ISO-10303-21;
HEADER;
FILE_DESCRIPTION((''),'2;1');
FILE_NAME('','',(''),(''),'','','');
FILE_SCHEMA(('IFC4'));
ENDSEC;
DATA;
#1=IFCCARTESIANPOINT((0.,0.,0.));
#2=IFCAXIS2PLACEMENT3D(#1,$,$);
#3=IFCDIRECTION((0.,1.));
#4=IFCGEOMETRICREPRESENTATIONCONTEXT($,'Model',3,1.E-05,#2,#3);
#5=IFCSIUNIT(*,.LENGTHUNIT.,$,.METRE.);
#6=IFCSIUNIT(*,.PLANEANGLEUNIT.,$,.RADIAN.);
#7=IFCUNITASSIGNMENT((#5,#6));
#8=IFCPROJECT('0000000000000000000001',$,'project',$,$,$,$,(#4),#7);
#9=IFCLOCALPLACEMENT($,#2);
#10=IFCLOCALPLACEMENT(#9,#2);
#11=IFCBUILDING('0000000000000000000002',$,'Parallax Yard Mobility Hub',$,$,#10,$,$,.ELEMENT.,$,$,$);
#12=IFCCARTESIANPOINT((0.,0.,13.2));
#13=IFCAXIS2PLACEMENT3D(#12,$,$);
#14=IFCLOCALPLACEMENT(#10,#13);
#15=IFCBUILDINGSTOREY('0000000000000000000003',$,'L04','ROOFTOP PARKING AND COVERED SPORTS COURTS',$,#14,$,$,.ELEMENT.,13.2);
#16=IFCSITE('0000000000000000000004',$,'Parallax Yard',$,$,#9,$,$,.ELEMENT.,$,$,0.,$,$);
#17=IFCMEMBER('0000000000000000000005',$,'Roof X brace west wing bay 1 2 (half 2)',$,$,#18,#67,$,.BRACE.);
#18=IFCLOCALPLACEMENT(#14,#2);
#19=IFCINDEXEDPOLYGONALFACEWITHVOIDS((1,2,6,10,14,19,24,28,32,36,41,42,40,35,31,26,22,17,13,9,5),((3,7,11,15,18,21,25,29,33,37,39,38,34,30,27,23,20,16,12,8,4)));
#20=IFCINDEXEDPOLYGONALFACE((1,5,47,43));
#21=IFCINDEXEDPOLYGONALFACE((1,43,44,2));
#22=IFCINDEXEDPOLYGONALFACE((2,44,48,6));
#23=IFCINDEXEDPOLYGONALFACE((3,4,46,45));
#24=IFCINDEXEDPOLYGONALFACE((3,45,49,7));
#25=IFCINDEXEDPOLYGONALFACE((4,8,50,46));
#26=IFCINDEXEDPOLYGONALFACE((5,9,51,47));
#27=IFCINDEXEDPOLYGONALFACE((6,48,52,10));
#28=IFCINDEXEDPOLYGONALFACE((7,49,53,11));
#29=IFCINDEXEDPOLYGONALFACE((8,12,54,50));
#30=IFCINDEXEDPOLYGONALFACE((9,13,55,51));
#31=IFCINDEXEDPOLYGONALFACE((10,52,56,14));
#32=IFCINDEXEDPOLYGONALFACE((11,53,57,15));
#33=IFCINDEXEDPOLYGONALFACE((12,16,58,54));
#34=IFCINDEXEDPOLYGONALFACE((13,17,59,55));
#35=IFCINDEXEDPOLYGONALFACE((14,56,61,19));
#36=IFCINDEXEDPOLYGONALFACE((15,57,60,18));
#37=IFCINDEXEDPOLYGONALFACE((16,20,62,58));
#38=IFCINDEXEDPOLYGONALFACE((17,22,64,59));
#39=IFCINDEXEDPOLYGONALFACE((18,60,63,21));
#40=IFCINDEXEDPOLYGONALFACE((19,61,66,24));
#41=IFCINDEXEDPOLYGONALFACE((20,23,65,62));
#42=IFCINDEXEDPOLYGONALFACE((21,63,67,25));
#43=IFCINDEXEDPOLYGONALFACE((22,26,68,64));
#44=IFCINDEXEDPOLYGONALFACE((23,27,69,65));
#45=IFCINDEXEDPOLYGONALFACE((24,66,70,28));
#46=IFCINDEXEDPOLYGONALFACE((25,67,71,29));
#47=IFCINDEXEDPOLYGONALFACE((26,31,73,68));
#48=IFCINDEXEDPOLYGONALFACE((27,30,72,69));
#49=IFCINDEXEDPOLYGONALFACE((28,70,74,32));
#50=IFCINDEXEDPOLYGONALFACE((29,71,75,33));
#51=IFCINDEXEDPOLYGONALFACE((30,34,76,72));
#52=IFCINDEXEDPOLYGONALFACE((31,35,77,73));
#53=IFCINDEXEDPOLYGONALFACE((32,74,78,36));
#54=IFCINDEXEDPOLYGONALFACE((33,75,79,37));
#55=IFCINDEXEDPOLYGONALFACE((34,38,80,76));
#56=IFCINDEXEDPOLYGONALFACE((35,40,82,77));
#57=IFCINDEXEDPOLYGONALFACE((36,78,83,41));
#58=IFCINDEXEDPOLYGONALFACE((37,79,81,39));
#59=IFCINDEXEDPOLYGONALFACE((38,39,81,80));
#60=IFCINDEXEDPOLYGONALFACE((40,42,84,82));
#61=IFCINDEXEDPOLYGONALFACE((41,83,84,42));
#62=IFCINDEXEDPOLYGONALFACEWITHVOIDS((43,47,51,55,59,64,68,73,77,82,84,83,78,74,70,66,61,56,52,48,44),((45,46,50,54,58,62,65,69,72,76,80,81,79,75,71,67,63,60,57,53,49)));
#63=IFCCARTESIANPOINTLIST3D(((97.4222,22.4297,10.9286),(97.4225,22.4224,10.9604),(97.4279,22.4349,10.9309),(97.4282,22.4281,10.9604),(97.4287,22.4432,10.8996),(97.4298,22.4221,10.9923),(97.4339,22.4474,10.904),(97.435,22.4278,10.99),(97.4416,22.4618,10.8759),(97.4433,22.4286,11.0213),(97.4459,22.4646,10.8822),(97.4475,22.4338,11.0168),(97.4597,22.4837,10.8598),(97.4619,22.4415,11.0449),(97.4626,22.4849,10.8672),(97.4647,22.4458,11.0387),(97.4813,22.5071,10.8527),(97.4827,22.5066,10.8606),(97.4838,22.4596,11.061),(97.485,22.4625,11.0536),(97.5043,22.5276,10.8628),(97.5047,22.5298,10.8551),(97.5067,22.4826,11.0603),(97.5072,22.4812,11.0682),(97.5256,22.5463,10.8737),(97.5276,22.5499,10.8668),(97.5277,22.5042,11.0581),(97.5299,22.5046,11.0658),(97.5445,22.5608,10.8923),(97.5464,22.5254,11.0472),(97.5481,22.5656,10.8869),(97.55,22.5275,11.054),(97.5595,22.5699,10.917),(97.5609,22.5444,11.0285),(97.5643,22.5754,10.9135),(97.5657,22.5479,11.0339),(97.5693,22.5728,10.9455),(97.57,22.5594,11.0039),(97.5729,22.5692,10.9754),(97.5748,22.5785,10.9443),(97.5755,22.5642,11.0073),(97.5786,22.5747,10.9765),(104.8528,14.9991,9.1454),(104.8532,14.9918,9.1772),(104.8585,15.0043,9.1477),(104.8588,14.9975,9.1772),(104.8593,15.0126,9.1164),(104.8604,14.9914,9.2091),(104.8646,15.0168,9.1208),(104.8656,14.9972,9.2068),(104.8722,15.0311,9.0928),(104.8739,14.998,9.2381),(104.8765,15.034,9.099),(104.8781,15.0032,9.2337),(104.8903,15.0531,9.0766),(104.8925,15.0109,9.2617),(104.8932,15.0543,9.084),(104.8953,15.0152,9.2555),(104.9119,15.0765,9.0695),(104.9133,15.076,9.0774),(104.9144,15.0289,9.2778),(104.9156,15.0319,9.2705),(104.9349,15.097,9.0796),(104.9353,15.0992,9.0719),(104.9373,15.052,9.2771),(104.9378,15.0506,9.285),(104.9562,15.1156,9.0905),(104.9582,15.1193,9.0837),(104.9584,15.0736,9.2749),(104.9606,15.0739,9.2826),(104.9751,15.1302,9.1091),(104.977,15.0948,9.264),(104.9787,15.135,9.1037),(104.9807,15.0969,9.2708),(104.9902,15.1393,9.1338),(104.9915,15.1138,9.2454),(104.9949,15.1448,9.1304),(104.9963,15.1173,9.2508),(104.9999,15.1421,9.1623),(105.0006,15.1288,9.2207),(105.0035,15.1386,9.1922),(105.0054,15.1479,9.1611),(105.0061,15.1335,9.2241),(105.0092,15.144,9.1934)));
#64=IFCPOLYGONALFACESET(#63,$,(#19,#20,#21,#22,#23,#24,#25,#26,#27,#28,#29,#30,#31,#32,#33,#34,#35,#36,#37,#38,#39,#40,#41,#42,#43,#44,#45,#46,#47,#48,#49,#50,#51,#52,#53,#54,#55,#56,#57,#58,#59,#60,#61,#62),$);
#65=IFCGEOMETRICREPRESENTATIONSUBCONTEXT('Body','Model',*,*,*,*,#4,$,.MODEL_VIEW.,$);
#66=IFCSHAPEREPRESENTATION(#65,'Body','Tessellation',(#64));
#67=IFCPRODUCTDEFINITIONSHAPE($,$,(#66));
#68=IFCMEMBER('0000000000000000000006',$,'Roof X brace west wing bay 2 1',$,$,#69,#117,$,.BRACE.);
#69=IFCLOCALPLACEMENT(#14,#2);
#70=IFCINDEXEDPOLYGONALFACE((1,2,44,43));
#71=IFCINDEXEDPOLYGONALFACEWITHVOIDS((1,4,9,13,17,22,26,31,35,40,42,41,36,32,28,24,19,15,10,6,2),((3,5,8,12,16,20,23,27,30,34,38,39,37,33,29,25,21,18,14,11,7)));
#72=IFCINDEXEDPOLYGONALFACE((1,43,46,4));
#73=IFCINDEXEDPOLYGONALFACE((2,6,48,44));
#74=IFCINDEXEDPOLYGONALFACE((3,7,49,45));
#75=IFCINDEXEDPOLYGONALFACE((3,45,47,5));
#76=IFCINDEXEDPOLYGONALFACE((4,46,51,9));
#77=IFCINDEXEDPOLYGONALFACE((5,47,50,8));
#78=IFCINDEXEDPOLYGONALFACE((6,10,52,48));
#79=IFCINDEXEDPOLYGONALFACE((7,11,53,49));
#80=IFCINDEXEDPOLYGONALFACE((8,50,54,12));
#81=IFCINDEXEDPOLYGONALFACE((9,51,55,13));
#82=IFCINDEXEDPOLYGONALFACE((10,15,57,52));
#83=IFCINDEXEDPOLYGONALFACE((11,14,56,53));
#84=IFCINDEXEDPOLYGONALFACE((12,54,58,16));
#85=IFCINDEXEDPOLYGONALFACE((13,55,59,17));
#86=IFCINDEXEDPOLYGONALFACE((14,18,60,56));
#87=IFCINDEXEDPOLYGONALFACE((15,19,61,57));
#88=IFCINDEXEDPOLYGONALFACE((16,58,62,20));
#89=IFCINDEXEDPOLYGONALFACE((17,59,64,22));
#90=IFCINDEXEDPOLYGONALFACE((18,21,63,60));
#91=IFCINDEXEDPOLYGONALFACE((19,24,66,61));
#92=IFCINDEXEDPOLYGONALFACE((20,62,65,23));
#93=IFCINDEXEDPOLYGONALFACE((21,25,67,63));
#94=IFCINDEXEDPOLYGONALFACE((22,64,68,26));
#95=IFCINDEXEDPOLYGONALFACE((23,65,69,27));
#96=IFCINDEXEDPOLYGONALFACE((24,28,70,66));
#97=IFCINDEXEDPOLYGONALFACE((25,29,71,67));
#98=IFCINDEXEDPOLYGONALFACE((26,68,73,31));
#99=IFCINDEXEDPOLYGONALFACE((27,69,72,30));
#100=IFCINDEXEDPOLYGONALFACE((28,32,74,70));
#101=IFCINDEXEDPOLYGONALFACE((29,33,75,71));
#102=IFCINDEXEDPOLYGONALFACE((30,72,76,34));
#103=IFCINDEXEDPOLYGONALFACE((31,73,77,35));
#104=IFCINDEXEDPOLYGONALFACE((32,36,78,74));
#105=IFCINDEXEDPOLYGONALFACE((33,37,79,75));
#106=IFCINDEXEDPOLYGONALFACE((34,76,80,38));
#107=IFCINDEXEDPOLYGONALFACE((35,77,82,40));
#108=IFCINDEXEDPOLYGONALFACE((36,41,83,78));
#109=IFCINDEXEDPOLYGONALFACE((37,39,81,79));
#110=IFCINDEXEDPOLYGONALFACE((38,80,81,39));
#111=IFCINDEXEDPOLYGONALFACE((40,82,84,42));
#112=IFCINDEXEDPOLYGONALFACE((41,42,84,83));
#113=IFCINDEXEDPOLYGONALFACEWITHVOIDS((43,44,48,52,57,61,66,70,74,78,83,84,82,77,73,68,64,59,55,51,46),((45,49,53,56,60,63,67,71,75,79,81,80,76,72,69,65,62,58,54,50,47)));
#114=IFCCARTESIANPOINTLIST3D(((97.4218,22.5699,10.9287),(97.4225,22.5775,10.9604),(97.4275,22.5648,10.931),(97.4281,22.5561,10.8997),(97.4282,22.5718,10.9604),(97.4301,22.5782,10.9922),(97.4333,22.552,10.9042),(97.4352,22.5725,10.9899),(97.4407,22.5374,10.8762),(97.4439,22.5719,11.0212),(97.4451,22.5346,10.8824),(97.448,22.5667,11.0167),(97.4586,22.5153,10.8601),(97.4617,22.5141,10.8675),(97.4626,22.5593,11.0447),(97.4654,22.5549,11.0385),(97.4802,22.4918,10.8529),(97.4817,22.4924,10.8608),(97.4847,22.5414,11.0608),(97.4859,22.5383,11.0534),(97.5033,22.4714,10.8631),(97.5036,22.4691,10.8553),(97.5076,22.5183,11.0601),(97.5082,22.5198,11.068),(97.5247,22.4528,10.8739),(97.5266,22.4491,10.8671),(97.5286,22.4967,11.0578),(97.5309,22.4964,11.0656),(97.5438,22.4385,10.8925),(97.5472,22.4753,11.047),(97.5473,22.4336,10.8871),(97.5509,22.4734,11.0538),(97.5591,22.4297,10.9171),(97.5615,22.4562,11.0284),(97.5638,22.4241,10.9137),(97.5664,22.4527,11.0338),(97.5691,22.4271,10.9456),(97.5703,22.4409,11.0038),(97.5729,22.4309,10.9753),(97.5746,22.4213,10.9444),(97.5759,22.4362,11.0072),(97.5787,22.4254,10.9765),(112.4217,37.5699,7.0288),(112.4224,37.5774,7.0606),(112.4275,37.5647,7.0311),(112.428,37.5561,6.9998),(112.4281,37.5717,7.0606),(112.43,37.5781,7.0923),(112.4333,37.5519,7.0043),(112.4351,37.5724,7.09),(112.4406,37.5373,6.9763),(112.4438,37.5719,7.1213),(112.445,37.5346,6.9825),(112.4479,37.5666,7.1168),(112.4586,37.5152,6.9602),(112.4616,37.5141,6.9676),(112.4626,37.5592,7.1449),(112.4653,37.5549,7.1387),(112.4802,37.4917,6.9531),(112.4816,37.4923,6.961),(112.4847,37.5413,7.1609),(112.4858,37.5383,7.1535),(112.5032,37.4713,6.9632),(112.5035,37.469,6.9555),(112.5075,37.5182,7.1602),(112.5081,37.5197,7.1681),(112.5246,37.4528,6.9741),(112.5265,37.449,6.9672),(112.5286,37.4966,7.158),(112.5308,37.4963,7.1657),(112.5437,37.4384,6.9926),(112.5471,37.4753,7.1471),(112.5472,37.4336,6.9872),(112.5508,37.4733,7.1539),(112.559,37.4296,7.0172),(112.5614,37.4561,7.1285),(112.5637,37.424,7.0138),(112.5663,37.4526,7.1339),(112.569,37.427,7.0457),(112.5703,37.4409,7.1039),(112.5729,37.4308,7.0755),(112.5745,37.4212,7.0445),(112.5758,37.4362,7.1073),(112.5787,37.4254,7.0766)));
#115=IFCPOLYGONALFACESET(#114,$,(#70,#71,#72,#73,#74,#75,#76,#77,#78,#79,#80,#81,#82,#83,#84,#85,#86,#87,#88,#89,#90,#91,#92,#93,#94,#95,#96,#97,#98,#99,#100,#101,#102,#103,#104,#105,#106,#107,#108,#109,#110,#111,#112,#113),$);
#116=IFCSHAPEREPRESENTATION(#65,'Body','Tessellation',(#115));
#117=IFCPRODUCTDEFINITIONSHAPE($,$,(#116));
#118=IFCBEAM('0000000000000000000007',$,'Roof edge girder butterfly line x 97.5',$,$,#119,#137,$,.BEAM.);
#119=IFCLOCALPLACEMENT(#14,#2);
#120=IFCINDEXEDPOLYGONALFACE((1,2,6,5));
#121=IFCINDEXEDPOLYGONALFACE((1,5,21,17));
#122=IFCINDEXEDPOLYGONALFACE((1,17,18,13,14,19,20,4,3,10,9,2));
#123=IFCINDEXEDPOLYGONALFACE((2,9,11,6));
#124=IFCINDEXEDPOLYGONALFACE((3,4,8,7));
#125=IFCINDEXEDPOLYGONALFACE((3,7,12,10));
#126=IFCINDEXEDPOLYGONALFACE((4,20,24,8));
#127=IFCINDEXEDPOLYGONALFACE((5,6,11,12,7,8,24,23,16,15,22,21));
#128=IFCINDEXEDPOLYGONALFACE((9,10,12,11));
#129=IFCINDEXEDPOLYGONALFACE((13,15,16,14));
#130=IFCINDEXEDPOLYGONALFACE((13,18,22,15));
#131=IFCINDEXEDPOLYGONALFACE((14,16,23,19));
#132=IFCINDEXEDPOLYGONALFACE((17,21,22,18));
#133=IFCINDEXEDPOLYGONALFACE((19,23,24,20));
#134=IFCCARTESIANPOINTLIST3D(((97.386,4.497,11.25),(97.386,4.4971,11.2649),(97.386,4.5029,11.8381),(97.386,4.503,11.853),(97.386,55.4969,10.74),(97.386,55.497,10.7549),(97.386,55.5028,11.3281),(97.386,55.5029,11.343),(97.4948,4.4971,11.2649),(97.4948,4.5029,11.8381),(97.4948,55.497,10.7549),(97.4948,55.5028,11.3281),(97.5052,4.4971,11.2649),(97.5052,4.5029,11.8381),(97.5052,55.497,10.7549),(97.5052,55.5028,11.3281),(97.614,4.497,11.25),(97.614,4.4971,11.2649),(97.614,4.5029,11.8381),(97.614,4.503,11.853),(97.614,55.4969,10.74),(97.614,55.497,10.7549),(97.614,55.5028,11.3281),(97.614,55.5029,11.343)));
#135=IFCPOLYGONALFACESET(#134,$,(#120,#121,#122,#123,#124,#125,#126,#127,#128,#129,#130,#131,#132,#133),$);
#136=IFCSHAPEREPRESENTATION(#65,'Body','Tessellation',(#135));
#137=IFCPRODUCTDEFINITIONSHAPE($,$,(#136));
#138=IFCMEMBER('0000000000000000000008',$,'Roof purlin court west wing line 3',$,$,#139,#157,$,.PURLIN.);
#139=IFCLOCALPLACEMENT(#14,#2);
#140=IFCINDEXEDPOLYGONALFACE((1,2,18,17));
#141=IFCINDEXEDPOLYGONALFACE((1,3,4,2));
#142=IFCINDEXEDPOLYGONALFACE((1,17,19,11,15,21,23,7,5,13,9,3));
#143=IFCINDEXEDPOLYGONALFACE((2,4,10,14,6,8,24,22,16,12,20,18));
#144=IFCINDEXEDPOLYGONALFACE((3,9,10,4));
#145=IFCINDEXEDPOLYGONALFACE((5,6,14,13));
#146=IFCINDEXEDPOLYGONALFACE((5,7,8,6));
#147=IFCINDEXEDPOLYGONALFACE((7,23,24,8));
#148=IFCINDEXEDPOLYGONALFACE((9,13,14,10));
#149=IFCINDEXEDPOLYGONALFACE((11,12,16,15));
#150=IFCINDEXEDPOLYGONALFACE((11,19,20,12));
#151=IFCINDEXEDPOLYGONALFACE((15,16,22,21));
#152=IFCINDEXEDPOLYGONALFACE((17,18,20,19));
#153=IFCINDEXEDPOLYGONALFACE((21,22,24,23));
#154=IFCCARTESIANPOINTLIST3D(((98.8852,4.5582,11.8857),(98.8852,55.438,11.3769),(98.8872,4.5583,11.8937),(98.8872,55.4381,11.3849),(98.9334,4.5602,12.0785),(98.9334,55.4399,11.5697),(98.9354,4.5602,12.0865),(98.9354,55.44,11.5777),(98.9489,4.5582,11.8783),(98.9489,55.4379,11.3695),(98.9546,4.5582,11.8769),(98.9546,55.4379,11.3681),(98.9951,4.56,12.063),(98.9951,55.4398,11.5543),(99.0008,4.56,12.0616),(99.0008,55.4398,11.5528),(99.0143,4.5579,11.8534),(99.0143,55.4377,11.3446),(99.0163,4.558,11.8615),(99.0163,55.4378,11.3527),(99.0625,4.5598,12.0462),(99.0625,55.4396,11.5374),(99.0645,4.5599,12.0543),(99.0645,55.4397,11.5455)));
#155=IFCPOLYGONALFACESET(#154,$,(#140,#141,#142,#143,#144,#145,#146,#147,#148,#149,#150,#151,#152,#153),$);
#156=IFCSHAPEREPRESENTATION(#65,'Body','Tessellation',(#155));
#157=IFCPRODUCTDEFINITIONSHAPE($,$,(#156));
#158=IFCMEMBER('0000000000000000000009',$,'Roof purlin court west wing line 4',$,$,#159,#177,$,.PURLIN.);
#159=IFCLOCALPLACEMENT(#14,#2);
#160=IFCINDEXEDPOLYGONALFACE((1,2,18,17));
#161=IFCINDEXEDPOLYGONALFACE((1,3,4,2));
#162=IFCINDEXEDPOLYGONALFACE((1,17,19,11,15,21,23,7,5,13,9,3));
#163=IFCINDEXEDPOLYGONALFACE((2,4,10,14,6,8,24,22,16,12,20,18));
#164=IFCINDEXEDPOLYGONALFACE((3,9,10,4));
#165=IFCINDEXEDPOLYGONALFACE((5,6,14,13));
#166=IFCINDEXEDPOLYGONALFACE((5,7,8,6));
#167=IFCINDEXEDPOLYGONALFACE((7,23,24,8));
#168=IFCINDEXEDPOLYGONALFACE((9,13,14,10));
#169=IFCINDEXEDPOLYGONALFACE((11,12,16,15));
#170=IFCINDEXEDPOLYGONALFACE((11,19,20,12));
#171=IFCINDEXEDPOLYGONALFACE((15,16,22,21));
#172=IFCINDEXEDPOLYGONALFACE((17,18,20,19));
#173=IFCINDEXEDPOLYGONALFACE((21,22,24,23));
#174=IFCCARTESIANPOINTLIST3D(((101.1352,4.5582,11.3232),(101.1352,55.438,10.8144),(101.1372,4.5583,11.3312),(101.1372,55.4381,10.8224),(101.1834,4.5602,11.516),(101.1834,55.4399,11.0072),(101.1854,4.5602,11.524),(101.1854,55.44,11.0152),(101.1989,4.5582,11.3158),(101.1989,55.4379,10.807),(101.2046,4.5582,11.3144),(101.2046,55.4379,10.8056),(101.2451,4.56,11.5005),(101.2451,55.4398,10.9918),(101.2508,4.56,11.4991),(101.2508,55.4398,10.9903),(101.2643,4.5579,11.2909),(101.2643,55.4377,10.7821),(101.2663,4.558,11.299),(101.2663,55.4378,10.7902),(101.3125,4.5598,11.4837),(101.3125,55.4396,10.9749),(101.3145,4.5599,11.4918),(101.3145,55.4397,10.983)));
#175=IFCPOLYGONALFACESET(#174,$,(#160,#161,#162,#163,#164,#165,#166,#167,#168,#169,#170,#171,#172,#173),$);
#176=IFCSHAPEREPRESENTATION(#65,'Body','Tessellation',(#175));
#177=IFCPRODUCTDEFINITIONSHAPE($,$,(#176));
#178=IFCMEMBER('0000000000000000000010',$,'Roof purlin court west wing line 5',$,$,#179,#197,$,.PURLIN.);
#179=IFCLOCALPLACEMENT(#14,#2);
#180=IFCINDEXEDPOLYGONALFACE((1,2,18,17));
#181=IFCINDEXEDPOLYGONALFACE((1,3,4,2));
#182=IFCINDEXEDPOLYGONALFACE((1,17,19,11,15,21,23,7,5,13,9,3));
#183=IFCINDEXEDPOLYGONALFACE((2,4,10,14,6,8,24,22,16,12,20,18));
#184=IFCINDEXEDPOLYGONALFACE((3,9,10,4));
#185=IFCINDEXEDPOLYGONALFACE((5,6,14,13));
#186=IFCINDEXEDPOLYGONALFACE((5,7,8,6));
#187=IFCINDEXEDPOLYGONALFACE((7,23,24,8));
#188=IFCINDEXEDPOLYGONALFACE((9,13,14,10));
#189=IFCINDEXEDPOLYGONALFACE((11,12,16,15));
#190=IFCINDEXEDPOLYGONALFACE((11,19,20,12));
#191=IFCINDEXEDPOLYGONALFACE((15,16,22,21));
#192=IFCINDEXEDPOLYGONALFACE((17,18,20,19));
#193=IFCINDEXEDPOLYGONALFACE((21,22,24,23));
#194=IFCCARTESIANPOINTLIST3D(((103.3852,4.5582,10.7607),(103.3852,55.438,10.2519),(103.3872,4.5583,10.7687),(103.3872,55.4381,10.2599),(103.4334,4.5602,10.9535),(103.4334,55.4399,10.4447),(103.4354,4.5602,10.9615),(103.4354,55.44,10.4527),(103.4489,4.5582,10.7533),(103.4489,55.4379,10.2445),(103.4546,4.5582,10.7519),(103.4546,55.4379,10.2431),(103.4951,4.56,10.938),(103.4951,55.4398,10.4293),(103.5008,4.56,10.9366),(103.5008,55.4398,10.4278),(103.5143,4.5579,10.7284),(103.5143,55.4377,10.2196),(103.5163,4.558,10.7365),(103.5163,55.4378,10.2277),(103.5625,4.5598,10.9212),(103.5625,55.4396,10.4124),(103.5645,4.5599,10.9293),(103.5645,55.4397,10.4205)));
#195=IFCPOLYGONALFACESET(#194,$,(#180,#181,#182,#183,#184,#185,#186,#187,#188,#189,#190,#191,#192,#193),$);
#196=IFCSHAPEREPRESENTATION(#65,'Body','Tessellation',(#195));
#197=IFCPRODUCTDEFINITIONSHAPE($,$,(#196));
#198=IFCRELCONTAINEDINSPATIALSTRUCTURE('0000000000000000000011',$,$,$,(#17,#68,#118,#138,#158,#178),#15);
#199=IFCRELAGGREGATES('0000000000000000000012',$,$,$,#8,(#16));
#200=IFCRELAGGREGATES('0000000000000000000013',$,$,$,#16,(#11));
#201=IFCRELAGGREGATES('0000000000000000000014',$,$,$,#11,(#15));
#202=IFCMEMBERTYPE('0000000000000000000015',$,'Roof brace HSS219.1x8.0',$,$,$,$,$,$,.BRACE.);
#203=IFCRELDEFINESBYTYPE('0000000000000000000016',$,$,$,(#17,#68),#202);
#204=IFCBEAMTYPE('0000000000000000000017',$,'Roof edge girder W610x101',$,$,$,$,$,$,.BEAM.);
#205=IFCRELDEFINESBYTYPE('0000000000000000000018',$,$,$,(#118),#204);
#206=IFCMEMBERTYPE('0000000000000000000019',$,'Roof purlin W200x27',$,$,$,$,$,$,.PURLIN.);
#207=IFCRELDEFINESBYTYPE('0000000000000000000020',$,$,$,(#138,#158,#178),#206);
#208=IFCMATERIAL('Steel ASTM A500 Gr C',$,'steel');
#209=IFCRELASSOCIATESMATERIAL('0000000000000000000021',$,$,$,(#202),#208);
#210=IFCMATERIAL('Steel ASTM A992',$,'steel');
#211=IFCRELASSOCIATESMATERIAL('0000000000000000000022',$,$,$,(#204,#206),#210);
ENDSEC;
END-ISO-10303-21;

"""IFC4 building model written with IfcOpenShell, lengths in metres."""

from ifc_helpers import new_model, si_unit, direction, frame, origin, origin_2d, place, context, subcontext, project, spatial, hollow_circle, i_section, extrude, material, material_profile, profile_set, type_object, element, save


model = new_model("IFC4")

# Units and contexts
model_context = context("Model", 3, precision=1e-05, world=origin(), true_north=direction((0.0, 1.0)))
body_context = subcontext(model_context, "Body", "Model", "MODEL_VIEW")
ifc_project = project(units=[si_unit("LENGTHUNIT", "METRE"), si_unit("PLANEANGLEUNIT", "RADIAN")], contexts=[model_context])

# Site, building, storey
site_placement = place(None, origin())
site = spatial("IfcSite", under=ifc_project, at=site_placement, Name="Parallax Yard", CompositionType="ELEMENT", RefElevation=0.0)
building_placement = place(site_placement, origin())
building = spatial("IfcBuilding", under=site, at=building_placement, Name="Parallax Yard Mobility Hub", CompositionType="ELEMENT")
storey_placement = place(building_placement, frame((0.0, 0.0, 13.2)))
storey = spatial("IfcBuildingStorey", under=building, at=storey_placement, Name="L04", Description="ROOFTOP PARKING AND COVERED SPORTS COURTS", CompositionType="ELEMENT", Elevation=13.2)

# Shared definitions
ifc_material_1 = material(Name="Steel ASTM A992", Category="steel")

# Members
ifc_material_2 = material(Name="Steel ASTM A500 Gr C", Category="steel")
ifc_material_profile_1 = material_profile(ifc_material_2, hollow_circle(Radius=0.1096, WallThickness=0.0081, at=origin_2d()), Name="HSS219.1x8.0")
ifc_profile_set_1 = profile_set([ifc_material_profile_1], Name="Steel ASTM A500 Gr C")
member_type_1 = type_object("IfcMemberType", Name="Roof brace HSS219.1x8.0", PredefinedType="BRACE", material=ifc_profile_set_1)
member_1_placement = place(storey_placement, frame((104.9307, 15.0693, 9.1772), z_axis=(-0.697141, 0.697141, 0.167299), x_axis=(-0.707107, -0.707107, 0.0)))
element("IfcMember", 1, at=member_1_placement, inside=storey, type_object=member_type_1, Name="Roof X brace west wing bay 1 2 (half 2)", PredefinedType="BRACE", context=body_context, shape_type="SweptSolid", body=[
    extrude(hollow_circle(Radius=0.1096, WallThickness=0.0081, at=origin_2d()), origin(), (0.0, 0.0, 1.0), 10.6587),
])
member_2_placement = place(storey_placement, frame((97.5, 22.5, 10.9604), z_axis=(0.695452, 0.695452, -0.180813), x_axis=(-0.707107, 0.707107, 0.0)))
element("IfcMember", 2, at=member_2_placement, inside=storey, type_object=member_type_1, Name="Roof X brace west wing bay 2 1", PredefinedType="BRACE", context=body_context, shape_type="SweptSolid", body=[
    extrude(hollow_circle(Radius=0.1096, WallThickness=0.0081, at=origin_2d()), origin(), (0.0, 0.0, 1.0), 21.5686),
])

# Beam
ifc_material_profile_2 = material_profile(ifc_material_1, i_section(OverallWidth=0.228, OverallDepth=0.603, WebThickness=0.0105, FlangeThickness=0.0149, at=origin_2d()), Name="W610x101")
ifc_profile_set_2 = profile_set([ifc_material_profile_2], Name="Steel ASTM A992")
beam_type_1 = type_object("IfcBeamType", Name="Roof edge girder W610x101", PredefinedType="BEAM", material=ifc_profile_set_2)
beam_1_placement = place(storey_placement, frame((97.5, 4.5, 11.5515), z_axis=(0.0, 0.99995, -0.01), x_axis=(-1.0, 0.0, 0.0)))
element("IfcBeam", 3, at=beam_1_placement, inside=storey, type_object=beam_type_1, Name="Roof edge girder butterfly line x 97.5", PredefinedType="BEAM", context=body_context, shape_type="SweptSolid", body=[
    extrude(i_section(OverallWidth=0.228, OverallDepth=0.603, WebThickness=0.0105, FlangeThickness=0.0149, at=origin_2d()), origin(), (0.0, 0.0, 1.0), 51.0024),
])

# Members
ifc_material_profile_3 = material_profile(ifc_material_1, i_section(OverallWidth=0.1331, OverallDepth=0.207, WebThickness=0.0059, FlangeThickness=0.0083, at=origin_2d()), Name="W200x27")
ifc_profile_set_3 = profile_set([ifc_material_profile_3], Name="Steel ASTM A992")
member_type_2 = type_object("IfcMemberType", Name="Roof purlin W200x27", PredefinedType="PURLIN", material=ifc_profile_set_3)
for number, where, z_axis, x_axis, name in (
    (4, (98.9749, 4.5591, 11.97), (0.0, 0.99995, -0.009999), (-0.970145, 0.002425, 0.242513), "Roof purlin court west wing line 3"),
    (5, (101.2249, 4.5591, 11.4075), (0.0, 0.99995, -0.009999), (-0.970145, 0.002425, 0.242513), "Roof purlin court west wing line 4"),
    (6, (103.4749, 4.5591, 10.845), (0.0, 0.99995, -0.009999), (-0.970145, 0.002425, 0.242513), "Roof purlin court west wing line 5"),
):
    element("IfcMember", number, at=place(storey_placement, frame(where, z_axis=z_axis, x_axis=x_axis)), inside=storey, type_object=member_type_2, Name=name, PredefinedType="PURLIN", context=body_context, shape_type="SweptSolid", body=[
        extrude(i_section(OverallWidth=0.1331, OverallDepth=0.207, WebThickness=0.0059, FlangeThickness=0.0083, at=origin_2d()), origin(), (0.0, 0.0, 1.0), 50.8823),
    ])

save(model, "model.ifc")
